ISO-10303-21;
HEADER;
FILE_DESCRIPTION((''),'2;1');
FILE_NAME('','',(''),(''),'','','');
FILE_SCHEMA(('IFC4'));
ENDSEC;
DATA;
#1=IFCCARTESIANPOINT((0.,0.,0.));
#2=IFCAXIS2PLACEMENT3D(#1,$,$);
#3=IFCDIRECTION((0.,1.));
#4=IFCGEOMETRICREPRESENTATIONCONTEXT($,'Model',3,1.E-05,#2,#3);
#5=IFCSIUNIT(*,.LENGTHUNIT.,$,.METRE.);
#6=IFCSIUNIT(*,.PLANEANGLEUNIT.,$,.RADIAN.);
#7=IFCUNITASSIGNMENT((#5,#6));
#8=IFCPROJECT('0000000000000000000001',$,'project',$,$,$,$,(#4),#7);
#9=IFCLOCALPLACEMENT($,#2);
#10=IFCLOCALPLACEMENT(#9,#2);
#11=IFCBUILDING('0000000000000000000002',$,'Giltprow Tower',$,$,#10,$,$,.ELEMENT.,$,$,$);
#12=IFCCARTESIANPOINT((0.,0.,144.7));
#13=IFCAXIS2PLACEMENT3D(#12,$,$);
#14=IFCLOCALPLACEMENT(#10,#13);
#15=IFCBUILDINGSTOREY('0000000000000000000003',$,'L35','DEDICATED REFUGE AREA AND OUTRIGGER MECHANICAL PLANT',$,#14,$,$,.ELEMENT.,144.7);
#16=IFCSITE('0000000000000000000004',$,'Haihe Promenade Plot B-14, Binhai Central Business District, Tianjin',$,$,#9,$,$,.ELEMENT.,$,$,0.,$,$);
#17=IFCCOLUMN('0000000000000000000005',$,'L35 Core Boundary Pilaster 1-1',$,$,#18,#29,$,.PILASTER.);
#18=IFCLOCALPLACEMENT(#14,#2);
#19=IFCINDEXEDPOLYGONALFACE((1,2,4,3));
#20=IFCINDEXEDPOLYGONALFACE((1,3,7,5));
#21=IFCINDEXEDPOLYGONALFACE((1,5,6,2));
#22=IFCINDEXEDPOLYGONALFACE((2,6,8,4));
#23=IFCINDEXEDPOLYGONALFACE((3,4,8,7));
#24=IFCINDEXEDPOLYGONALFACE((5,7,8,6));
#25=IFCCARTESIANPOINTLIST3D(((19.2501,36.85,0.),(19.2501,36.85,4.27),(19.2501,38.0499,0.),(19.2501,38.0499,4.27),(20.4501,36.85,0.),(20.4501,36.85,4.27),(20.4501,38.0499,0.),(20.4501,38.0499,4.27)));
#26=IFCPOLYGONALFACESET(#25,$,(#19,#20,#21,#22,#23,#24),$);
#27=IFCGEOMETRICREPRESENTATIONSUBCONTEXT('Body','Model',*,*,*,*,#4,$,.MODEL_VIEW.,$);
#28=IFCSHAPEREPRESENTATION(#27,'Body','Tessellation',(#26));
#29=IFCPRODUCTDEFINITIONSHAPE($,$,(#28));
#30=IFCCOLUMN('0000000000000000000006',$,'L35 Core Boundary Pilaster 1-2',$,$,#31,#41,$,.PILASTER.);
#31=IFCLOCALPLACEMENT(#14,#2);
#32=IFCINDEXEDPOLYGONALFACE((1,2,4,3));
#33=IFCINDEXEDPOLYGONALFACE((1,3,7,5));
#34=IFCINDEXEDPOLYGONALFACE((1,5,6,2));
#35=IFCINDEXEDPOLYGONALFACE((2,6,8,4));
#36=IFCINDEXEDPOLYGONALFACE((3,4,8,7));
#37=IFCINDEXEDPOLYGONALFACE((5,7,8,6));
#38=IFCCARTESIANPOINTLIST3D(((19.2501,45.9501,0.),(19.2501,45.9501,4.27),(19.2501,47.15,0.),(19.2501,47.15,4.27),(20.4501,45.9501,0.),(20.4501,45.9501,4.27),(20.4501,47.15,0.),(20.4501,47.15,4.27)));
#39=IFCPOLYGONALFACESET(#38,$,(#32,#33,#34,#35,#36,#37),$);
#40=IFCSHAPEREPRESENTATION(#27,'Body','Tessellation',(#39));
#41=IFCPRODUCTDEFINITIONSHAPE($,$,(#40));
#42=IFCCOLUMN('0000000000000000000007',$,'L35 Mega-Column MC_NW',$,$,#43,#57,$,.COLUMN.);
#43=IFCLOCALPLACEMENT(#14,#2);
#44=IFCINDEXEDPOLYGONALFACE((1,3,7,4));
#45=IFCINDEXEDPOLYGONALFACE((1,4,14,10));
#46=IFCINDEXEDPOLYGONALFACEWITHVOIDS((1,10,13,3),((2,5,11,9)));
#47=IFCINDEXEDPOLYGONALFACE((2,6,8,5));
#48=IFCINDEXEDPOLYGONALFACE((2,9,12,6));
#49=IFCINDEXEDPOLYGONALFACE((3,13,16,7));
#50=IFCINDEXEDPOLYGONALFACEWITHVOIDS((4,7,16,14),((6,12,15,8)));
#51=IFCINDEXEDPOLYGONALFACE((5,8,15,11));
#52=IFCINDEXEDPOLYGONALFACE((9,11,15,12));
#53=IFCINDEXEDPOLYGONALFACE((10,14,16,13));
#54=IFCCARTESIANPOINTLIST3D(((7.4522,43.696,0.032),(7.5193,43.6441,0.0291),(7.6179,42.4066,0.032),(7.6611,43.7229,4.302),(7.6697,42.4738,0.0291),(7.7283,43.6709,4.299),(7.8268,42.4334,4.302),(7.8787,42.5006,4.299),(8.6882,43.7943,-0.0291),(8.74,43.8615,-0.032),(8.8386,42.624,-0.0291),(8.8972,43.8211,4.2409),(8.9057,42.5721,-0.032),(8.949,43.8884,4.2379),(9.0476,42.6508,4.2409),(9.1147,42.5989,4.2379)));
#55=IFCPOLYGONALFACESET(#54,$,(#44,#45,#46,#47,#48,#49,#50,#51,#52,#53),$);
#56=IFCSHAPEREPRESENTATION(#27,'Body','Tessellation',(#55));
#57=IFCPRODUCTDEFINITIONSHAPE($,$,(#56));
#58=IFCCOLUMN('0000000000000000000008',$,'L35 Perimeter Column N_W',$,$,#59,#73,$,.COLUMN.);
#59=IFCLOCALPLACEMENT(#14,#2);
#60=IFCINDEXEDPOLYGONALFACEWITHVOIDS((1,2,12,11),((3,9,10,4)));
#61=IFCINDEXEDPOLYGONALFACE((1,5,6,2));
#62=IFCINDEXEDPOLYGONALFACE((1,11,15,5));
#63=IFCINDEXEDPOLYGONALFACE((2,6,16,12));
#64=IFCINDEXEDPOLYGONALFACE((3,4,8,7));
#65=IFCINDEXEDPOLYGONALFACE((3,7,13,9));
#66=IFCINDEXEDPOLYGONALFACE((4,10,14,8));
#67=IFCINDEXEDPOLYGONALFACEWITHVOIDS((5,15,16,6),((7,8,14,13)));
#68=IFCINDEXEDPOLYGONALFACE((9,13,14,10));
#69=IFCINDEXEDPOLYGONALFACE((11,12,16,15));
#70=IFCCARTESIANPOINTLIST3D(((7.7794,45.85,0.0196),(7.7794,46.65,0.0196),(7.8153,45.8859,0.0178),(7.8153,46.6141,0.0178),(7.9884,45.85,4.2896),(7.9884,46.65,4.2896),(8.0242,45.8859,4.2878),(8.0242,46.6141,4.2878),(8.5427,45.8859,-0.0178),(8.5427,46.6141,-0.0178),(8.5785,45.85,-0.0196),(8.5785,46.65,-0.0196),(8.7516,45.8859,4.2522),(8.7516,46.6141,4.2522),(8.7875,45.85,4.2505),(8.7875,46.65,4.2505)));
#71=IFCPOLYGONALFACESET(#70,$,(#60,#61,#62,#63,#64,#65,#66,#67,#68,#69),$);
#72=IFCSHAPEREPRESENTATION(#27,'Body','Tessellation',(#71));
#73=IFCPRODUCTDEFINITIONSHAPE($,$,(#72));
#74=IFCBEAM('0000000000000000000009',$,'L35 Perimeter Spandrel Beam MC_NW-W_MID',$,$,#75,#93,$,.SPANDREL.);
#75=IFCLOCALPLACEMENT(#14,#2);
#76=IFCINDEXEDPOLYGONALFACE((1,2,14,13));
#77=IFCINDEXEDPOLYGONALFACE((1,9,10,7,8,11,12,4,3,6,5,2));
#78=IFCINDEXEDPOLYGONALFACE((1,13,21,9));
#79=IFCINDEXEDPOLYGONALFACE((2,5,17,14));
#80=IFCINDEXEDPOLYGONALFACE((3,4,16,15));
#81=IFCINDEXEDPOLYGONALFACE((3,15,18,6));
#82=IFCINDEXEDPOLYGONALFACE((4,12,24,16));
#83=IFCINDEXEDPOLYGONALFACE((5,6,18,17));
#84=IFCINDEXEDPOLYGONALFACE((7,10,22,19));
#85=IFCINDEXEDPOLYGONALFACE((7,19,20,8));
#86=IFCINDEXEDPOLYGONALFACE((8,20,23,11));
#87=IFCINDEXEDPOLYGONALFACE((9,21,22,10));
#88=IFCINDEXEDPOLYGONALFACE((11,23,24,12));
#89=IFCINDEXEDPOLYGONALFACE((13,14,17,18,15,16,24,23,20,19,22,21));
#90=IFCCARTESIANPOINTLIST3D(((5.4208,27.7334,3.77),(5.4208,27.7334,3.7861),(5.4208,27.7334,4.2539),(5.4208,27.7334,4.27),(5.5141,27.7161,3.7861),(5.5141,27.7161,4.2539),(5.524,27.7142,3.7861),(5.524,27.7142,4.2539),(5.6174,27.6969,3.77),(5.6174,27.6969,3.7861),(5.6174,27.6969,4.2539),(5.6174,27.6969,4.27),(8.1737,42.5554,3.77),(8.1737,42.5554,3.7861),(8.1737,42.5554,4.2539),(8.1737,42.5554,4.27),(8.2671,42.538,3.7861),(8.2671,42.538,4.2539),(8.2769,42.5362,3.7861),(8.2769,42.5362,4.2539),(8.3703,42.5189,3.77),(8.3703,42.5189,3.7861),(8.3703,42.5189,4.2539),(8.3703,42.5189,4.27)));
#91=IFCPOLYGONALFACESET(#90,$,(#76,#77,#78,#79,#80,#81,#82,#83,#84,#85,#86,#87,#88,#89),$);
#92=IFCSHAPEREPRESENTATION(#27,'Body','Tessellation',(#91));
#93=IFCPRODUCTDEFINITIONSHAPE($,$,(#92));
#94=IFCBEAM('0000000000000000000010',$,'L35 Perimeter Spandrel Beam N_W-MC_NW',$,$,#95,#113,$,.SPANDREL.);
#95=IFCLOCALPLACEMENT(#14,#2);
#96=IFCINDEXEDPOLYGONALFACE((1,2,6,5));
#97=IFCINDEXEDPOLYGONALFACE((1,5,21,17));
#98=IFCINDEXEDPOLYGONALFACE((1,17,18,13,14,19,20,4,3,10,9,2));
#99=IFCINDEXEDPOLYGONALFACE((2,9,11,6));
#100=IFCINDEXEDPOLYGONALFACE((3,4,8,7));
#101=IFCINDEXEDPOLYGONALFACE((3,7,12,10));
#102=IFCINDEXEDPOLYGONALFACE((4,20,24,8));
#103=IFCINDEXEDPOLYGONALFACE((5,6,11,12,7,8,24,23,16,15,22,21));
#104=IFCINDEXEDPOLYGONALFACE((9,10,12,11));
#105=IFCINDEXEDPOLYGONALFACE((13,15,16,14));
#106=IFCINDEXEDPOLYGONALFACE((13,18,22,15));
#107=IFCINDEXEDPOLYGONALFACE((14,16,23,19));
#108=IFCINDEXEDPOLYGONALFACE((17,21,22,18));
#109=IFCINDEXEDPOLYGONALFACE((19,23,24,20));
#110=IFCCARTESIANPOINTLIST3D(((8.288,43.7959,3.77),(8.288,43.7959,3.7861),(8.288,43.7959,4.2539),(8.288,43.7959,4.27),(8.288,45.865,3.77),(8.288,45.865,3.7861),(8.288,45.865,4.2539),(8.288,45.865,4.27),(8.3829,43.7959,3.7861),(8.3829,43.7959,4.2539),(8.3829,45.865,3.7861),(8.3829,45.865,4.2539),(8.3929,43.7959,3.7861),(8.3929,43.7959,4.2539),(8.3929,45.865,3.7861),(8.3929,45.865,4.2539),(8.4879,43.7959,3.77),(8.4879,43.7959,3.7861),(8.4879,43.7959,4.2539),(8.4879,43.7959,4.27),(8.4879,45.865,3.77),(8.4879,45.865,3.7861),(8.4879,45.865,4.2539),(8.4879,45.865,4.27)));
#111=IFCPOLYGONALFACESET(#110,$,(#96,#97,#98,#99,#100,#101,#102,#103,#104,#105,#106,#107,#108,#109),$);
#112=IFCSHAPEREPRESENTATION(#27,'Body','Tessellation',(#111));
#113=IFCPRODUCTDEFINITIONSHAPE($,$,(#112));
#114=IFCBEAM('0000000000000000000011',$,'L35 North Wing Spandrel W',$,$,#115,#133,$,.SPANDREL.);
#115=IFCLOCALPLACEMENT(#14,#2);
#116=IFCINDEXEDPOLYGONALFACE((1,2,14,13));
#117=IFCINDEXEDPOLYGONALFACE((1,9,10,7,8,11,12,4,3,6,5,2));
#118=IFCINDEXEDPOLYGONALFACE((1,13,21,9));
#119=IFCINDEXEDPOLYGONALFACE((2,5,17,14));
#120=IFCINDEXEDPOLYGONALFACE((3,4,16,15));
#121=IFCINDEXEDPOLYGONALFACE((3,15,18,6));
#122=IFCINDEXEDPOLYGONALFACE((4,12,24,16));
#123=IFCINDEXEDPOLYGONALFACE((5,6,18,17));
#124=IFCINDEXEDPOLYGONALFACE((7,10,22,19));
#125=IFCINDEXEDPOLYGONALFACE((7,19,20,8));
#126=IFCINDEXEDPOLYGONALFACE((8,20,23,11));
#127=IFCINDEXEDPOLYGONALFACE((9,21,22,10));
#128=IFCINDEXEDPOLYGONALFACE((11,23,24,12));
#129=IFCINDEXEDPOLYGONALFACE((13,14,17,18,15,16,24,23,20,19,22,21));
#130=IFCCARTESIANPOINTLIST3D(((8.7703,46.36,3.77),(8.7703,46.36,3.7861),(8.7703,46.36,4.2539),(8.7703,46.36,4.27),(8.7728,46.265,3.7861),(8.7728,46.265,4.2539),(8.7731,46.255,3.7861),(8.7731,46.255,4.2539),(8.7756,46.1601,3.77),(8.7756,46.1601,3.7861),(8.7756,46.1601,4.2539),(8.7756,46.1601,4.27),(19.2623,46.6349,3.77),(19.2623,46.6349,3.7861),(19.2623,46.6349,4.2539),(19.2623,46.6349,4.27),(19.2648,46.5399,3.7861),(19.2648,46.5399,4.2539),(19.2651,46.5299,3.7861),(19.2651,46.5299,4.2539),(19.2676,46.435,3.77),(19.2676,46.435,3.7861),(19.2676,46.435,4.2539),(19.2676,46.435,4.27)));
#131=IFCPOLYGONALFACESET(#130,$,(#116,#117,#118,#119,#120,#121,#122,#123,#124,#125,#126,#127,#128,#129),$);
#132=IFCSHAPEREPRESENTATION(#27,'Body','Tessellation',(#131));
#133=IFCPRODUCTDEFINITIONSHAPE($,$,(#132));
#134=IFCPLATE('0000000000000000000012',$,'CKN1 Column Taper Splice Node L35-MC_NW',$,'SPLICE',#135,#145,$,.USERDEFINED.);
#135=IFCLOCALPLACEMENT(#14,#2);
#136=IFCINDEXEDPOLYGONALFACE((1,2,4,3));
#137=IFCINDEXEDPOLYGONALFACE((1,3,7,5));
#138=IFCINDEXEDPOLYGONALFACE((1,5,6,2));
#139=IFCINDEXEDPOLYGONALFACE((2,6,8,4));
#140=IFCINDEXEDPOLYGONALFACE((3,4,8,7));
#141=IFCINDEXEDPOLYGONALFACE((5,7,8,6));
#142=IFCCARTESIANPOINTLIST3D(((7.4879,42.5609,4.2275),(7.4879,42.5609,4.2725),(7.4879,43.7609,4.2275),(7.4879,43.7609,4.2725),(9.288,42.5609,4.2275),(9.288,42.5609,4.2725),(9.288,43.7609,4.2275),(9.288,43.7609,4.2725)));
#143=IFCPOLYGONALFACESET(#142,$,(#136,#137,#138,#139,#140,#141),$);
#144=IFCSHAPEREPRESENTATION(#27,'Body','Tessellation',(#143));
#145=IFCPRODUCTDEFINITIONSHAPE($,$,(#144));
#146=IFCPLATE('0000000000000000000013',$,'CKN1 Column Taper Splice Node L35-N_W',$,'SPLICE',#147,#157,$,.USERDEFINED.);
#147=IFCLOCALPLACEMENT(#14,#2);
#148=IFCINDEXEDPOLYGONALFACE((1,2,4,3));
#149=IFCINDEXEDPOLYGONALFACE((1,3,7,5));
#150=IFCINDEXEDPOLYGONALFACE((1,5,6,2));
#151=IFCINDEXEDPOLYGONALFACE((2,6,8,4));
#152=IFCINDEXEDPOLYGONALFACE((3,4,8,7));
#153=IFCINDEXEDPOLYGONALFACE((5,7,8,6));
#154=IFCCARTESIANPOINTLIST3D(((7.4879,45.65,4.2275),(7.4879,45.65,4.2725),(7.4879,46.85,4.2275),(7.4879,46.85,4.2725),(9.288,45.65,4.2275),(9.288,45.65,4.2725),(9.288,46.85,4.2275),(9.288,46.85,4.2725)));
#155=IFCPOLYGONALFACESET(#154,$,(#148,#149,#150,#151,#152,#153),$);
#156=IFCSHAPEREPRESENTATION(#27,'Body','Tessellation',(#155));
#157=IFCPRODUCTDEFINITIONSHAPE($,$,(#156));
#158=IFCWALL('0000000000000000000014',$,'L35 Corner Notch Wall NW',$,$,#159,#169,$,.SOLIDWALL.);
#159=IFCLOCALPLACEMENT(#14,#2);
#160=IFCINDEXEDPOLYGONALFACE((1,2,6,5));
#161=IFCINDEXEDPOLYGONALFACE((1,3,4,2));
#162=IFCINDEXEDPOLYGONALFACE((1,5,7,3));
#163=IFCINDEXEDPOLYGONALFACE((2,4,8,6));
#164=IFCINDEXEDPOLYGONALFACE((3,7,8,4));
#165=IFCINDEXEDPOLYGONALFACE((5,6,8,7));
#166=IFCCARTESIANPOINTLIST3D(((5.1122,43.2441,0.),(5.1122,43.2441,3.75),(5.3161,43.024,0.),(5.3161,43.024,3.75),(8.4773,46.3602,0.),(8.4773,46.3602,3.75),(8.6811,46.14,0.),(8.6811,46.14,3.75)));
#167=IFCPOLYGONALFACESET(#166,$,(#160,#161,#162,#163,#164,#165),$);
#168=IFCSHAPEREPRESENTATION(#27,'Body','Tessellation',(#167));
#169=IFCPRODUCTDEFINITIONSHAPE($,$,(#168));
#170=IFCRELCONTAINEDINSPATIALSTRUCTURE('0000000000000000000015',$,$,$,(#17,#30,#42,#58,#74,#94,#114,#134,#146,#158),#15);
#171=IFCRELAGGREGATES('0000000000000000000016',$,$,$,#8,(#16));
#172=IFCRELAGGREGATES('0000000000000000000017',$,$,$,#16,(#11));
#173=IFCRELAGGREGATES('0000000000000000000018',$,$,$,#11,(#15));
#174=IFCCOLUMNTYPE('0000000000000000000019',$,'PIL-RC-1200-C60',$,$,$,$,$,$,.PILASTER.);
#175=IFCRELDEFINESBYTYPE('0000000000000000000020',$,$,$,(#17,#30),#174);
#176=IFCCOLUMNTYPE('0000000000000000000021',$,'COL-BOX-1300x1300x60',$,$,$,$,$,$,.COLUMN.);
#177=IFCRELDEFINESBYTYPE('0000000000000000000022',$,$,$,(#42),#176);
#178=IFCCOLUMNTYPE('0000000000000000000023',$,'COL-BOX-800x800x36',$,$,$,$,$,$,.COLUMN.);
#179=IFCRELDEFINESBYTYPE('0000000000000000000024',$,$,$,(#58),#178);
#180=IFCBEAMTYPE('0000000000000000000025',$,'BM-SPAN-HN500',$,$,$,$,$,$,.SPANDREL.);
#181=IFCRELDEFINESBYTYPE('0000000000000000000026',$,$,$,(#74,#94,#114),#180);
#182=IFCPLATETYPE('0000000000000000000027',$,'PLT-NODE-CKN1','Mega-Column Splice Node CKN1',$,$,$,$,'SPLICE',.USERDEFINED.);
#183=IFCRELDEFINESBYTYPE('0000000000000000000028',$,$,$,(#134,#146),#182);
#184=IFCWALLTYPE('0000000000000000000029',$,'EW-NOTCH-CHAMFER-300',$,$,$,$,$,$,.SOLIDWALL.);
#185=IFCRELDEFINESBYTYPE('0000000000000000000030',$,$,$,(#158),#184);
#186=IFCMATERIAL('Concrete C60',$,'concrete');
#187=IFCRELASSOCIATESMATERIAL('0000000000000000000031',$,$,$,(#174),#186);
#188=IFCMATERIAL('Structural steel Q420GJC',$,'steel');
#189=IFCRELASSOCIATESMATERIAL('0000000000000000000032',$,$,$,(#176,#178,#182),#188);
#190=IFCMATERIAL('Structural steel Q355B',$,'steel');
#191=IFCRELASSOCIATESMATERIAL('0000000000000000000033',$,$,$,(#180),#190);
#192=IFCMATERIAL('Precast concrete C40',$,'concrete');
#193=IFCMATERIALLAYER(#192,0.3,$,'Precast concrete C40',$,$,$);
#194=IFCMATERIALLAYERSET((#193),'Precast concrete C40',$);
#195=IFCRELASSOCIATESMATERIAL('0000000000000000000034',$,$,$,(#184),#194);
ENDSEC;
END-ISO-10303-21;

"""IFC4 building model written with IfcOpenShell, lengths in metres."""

from ifc_helpers import new_model, si_unit, direction, frame, frame_2d, origin, origin_2d, place, context, subcontext, project, spatial, rectangle, hollow_rectangle, i_section, extrude, source, transform, mapped, material, layer, layer_set, material_profile, profile_set, type_object, element, save


model = new_model("IFC4")

# Units and contexts
model_context = context("Model", 3, precision=1e-05, world=origin(), true_north=direction((0.0, 1.0)))
body_context = subcontext(model_context, "Body", "Model", "MODEL_VIEW")
ifc_project = project(units=[si_unit("LENGTHUNIT", "METRE"), si_unit("PLANEANGLEUNIT", "RADIAN")], contexts=[model_context])

# Site, building, storey
site_placement = place(None, origin())
site = spatial("IfcSite", under=ifc_project, at=site_placement, Name="Haihe Promenade Plot B-14, Binhai Central Business District, Tianjin", CompositionType="ELEMENT", RefElevation=0.0)
building_placement = place(site_placement, origin())
building = spatial("IfcBuilding", under=site, at=building_placement, Name="Giltprow Tower", CompositionType="ELEMENT")
storey_placement = place(building_placement, frame((0.0, 0.0, 144.7)))
storey = spatial("IfcBuildingStorey", under=building, at=storey_placement, Name="L35", Description="DEDICATED REFUGE AREA AND OUTRIGGER MECHANICAL PLANT", CompositionType="ELEMENT", Elevation=144.7)

# Columns
ifc_material_1 = material(Name="Concrete C60", Category="concrete")
ifc_material_profile_1 = material_profile(ifc_material_1, rectangle(XDim=1.2, YDim=1.2, at=origin_2d()), Name="RC 1200x1200")
ifc_profile_set_1 = profile_set([ifc_material_profile_1], Name="Concrete C60")
column_type_1 = type_object("IfcColumnType", Name="PIL-RC-1200-C60", PredefinedType="PILASTER", material=ifc_profile_set_1)
shared_shape_1 = source(origin(), body_context, "Body", "SweptSolid", [
    extrude(rectangle(XDim=1.2, YDim=1.2, at=origin_2d()), origin(), (0.0, 0.0, 1.0), 4.27),
])
for number, where, z_axis, x_axis, name in (
    (1, (19.8501, 37.45, 0.0), (0.0, 0.0, 1.0), (1.0, 0.0, 0.0), "L35 Core Boundary Pilaster 1-1"),
    (2, (19.8501, 46.55, 0.0), (0.0, 0.0, 1.0), (1.0, 0.0, 0.0), "L35 Core Boundary Pilaster 1-2"),
):
    element("IfcColumn", number, at=place(storey_placement, frame(where, z_axis=z_axis, x_axis=x_axis)), inside=storey, type_object=column_type_1, Name=name, PredefinedType="PILASTER", context=body_context, shape_type="MappedRepresentation", body=[
        mapped(shared_shape_1, transform((0.0, 0.0, 0.0), x_axis=(1.0, 0.0, 0.0), y_axis=(0.0, 1.0, 0.0), z_axis=(0.0, 0.0, 1.0), scale=1.0)),
    ])
ifc_material_2 = material(Name="Structural steel Q420GJC", Category="steel")
ifc_material_profile_2 = material_profile(ifc_material_2, hollow_rectangle(XDim=1.3, YDim=1.3, WallThickness=0.0601, at=origin_2d()), Name="BOX 1300x1300x60")
ifc_profile_set_2 = profile_set([ifc_material_profile_2], Name="Structural steel Q420GJC")
column_type_2 = type_object("IfcColumnType", Name="COL-BOX-1300x1300x60", PredefinedType="COLUMN", material=ifc_profile_set_2)
shared_shape_2 = source(origin(), body_context, "Body", "SweptSolid", [
    extrude(hollow_rectangle(XDim=1.3, YDim=1.3, WallThickness=0.0601, at=origin_2d()), origin(), (0.0, 0.0, 1.0), 4.2751),
])
column_1_placement = place(storey_placement, frame((8.179, 43.134, 0.0), z_axis=(0.048883, 0.006282, 0.998785), x_axis=(-0.127457, 0.991844, 0.0)))
element("IfcColumn", 3, at=column_1_placement, inside=storey, type_object=column_type_2, Name="L35 Mega-Column MC_NW", PredefinedType="COLUMN", context=body_context, shape_type="MappedRepresentation", body=[
    mapped(shared_shape_2, transform((0.0, 0.0, 0.0), x_axis=(1.0, 0.0, 0.0), y_axis=(0.0, 1.0, 0.0), z_axis=(0.0, 0.0, 1.0), scale=1.0)),
])
ifc_material_profile_3 = material_profile(ifc_material_2, hollow_rectangle(XDim=0.8, YDim=0.8, WallThickness=0.0359, at=origin_2d()), Name="BOX 800x800x36")
ifc_profile_set_3 = profile_set([ifc_material_profile_3], Name="Structural steel Q420GJC")
column_type_3 = type_object("IfcColumnType", Name="COL-BOX-800x800x36", PredefinedType="COLUMN", material=ifc_profile_set_3)
shared_shape_3 = source(origin(), body_context, "Body", "SweptSolid", [
    extrude(hollow_rectangle(XDim=0.8, YDim=0.8, WallThickness=0.0359, at=origin_2d()), origin(), (0.0, 0.0, 1.0), 4.2751),
])
column_2_placement = place(storey_placement, frame((8.179, 46.25, 0.0), z_axis=(0.048884, 0.0, 0.998804), x_axis=(0.0, 1.0, 0.0)))
element("IfcColumn", 4, at=column_2_placement, inside=storey, type_object=column_type_3, Name="L35 Perimeter Column N_W", PredefinedType="COLUMN", context=body_context, shape_type="MappedRepresentation", body=[
    mapped(shared_shape_3, transform((0.0, 0.0, 0.0), x_axis=(1.0, 0.0, 0.0), y_axis=(0.0, 1.0, 0.0), z_axis=(0.0, 0.0, 1.0), scale=1.0)),
])

# Beams
ifc_material_3 = material(Name="Structural steel Q355B", Category="steel")
ifc_material_profile_4 = material_profile(ifc_material_3, i_section(OverallWidth=0.2, OverallDepth=0.5, WebThickness=0.01, FlangeThickness=0.0161, at=origin_2d()), Name="HN 500x200x10x16")
ifc_profile_set_4 = profile_set([ifc_material_profile_4], Name="Structural steel Q355B")
beam_type = type_object("IfcBeamType", Name="BM-SPAN-HN500", PredefinedType="SPANDREL", material=ifc_profile_set_4)
shared_shape_4 = source(origin(), body_context, "Body", "SweptSolid", [
    extrude(i_section(OverallWidth=0.2, OverallDepth=0.5, WebThickness=0.01, FlangeThickness=0.0161, at=origin_2d()), origin(), (0.0, 0.0, 1.0), 15.0754),
])
beam_1_placement = place(storey_placement, frame((8.272, 42.5371, 4.02), z_axis=(-0.182609, -0.983186, 0.0), x_axis=(0.983186, -0.182609, 0.0)))
element("IfcBeam", 5, at=beam_1_placement, inside=storey, type_object=beam_type, Name="L35 Perimeter Spandrel Beam MC_NW-W_MID", PredefinedType="SPANDREL", context=body_context, shape_type="MappedRepresentation", body=[
    mapped(shared_shape_4, transform((0.0, 0.0, 0.0), x_axis=(1.0, 0.0, 0.0), y_axis=(0.0, 1.0, 0.0), z_axis=(0.0, 0.0, 1.0), scale=1.0)),
])
shared_shape_5 = source(origin(), body_context, "Body", "SweptSolid", [
    extrude(i_section(OverallWidth=0.2, OverallDepth=0.5, WebThickness=0.01, FlangeThickness=0.0161, at=origin_2d()), origin(), (0.0, 0.0, 1.0), 2.0691),
])
beam_2_placement = place(storey_placement, frame((8.3879, 45.865, 4.02), z_axis=(0.0, -1.0, 0.0), x_axis=(1.0, 0.0, 0.0)))
element("IfcBeam", 6, at=beam_2_placement, inside=storey, type_object=beam_type, Name="L35 Perimeter Spandrel Beam N_W-MC_NW", PredefinedType="SPANDREL", context=body_context, shape_type="MappedRepresentation", body=[
    mapped(shared_shape_5, transform((0.0, 0.0, 0.0), x_axis=(1.0, 0.0, 0.0), y_axis=(0.0, 1.0, 0.0), z_axis=(0.0, 0.0, 1.0), scale=1.0)),
])
shared_shape_6 = source(origin(), body_context, "Body", "SweptSolid", [
    extrude(i_section(OverallWidth=0.2, OverallDepth=0.5, WebThickness=0.01, FlangeThickness=0.0161, at=origin_2d()), origin(), (0.0, 0.0, 1.0), 10.4956),
])
beam_3_placement = place(storey_placement, frame((8.7729, 46.26, 4.02), z_axis=(0.999657, 0.026192, 0.0), x_axis=(-0.026192, 0.999657, 0.0)))
element("IfcBeam", 7, at=beam_3_placement, inside=storey, type_object=beam_type, Name="L35 North Wing Spandrel W", PredefinedType="SPANDREL", context=body_context, shape_type="MappedRepresentation", body=[
    mapped(shared_shape_6, transform((0.0, 0.0, 0.0), x_axis=(1.0, 0.0, 0.0), y_axis=(0.0, 1.0, 0.0), z_axis=(0.0, 0.0, 1.0), scale=1.0)),
])

# Plates
plate_type = type_object("IfcPlateType", Name="PLT-NODE-CKN1", Description="Mega-Column Splice Node CKN1", ElementType="SPLICE", PredefinedType="USERDEFINED", material=ifc_material_2)
shared_shape_7 = source(origin(), body_context, "Body", "SweptSolid", [
    extrude(rectangle(XDim=1.8, YDim=1.2, at=origin_2d()), origin(), (0.0, 0.0, 1.0), 0.0449),
])
for number, where, z_axis, x_axis, name in (
    (8, (8.3879, 43.1609, 4.2275), (0.0, 0.0, 1.0), (1.0, 0.0, 0.0), "CKN1 Column Taper Splice Node L35-MC_NW"),
    (9, (8.3879, 46.25, 4.2275), (0.0, 0.0, 1.0), (1.0, 0.0, 0.0), "CKN1 Column Taper Splice Node L35-N_W"),
):
    element("IfcPlate", number, at=place(storey_placement, frame(where, z_axis=z_axis, x_axis=x_axis)), inside=storey, type_object=plate_type, Name=name, ObjectType="SPLICE", PredefinedType="USERDEFINED", context=body_context, shape_type="MappedRepresentation", body=[
        mapped(shared_shape_7, transform((0.0, 0.0, 0.0), x_axis=(1.0, 0.0, 0.0), y_axis=(0.0, 1.0, 0.0), z_axis=(0.0, 0.0, 1.0), scale=1.0)),
    ])

# Wall
ifc_material_4 = material(Name="Precast concrete C40", Category="concrete")
ifc_layer_1 = layer(ifc_material_4, 0.3, Name="Precast concrete C40")
ifc_layer_set_1 = layer_set([ifc_layer_1], Name="Precast concrete C40")
wall_type_1 = type_object("IfcWallType", Name="EW-NOTCH-CHAMFER-300", PredefinedType="SOLIDWALL", material=ifc_layer_set_1)
wall_1_placement = place(storey_placement, frame((8.5791, 46.25, 0.0), z_axis=(0.0, 0.0, 1.0), x_axis=(-0.733735, -0.679436, 0.0)))
element("IfcWall", 10, at=wall_1_placement, inside=storey, type_object=wall_type_1, Name="L35 Corner Notch Wall NW", PredefinedType="SOLIDWALL", context=body_context, shape_type="SweptSolid", body=[
    extrude(rectangle(XDim=4.5862, YDim=0.3, at=frame_2d((2.293, 0.0))), origin(), (0.0, 0.0, 1.0), 3.75),
])

save(model, "model.ifc")
